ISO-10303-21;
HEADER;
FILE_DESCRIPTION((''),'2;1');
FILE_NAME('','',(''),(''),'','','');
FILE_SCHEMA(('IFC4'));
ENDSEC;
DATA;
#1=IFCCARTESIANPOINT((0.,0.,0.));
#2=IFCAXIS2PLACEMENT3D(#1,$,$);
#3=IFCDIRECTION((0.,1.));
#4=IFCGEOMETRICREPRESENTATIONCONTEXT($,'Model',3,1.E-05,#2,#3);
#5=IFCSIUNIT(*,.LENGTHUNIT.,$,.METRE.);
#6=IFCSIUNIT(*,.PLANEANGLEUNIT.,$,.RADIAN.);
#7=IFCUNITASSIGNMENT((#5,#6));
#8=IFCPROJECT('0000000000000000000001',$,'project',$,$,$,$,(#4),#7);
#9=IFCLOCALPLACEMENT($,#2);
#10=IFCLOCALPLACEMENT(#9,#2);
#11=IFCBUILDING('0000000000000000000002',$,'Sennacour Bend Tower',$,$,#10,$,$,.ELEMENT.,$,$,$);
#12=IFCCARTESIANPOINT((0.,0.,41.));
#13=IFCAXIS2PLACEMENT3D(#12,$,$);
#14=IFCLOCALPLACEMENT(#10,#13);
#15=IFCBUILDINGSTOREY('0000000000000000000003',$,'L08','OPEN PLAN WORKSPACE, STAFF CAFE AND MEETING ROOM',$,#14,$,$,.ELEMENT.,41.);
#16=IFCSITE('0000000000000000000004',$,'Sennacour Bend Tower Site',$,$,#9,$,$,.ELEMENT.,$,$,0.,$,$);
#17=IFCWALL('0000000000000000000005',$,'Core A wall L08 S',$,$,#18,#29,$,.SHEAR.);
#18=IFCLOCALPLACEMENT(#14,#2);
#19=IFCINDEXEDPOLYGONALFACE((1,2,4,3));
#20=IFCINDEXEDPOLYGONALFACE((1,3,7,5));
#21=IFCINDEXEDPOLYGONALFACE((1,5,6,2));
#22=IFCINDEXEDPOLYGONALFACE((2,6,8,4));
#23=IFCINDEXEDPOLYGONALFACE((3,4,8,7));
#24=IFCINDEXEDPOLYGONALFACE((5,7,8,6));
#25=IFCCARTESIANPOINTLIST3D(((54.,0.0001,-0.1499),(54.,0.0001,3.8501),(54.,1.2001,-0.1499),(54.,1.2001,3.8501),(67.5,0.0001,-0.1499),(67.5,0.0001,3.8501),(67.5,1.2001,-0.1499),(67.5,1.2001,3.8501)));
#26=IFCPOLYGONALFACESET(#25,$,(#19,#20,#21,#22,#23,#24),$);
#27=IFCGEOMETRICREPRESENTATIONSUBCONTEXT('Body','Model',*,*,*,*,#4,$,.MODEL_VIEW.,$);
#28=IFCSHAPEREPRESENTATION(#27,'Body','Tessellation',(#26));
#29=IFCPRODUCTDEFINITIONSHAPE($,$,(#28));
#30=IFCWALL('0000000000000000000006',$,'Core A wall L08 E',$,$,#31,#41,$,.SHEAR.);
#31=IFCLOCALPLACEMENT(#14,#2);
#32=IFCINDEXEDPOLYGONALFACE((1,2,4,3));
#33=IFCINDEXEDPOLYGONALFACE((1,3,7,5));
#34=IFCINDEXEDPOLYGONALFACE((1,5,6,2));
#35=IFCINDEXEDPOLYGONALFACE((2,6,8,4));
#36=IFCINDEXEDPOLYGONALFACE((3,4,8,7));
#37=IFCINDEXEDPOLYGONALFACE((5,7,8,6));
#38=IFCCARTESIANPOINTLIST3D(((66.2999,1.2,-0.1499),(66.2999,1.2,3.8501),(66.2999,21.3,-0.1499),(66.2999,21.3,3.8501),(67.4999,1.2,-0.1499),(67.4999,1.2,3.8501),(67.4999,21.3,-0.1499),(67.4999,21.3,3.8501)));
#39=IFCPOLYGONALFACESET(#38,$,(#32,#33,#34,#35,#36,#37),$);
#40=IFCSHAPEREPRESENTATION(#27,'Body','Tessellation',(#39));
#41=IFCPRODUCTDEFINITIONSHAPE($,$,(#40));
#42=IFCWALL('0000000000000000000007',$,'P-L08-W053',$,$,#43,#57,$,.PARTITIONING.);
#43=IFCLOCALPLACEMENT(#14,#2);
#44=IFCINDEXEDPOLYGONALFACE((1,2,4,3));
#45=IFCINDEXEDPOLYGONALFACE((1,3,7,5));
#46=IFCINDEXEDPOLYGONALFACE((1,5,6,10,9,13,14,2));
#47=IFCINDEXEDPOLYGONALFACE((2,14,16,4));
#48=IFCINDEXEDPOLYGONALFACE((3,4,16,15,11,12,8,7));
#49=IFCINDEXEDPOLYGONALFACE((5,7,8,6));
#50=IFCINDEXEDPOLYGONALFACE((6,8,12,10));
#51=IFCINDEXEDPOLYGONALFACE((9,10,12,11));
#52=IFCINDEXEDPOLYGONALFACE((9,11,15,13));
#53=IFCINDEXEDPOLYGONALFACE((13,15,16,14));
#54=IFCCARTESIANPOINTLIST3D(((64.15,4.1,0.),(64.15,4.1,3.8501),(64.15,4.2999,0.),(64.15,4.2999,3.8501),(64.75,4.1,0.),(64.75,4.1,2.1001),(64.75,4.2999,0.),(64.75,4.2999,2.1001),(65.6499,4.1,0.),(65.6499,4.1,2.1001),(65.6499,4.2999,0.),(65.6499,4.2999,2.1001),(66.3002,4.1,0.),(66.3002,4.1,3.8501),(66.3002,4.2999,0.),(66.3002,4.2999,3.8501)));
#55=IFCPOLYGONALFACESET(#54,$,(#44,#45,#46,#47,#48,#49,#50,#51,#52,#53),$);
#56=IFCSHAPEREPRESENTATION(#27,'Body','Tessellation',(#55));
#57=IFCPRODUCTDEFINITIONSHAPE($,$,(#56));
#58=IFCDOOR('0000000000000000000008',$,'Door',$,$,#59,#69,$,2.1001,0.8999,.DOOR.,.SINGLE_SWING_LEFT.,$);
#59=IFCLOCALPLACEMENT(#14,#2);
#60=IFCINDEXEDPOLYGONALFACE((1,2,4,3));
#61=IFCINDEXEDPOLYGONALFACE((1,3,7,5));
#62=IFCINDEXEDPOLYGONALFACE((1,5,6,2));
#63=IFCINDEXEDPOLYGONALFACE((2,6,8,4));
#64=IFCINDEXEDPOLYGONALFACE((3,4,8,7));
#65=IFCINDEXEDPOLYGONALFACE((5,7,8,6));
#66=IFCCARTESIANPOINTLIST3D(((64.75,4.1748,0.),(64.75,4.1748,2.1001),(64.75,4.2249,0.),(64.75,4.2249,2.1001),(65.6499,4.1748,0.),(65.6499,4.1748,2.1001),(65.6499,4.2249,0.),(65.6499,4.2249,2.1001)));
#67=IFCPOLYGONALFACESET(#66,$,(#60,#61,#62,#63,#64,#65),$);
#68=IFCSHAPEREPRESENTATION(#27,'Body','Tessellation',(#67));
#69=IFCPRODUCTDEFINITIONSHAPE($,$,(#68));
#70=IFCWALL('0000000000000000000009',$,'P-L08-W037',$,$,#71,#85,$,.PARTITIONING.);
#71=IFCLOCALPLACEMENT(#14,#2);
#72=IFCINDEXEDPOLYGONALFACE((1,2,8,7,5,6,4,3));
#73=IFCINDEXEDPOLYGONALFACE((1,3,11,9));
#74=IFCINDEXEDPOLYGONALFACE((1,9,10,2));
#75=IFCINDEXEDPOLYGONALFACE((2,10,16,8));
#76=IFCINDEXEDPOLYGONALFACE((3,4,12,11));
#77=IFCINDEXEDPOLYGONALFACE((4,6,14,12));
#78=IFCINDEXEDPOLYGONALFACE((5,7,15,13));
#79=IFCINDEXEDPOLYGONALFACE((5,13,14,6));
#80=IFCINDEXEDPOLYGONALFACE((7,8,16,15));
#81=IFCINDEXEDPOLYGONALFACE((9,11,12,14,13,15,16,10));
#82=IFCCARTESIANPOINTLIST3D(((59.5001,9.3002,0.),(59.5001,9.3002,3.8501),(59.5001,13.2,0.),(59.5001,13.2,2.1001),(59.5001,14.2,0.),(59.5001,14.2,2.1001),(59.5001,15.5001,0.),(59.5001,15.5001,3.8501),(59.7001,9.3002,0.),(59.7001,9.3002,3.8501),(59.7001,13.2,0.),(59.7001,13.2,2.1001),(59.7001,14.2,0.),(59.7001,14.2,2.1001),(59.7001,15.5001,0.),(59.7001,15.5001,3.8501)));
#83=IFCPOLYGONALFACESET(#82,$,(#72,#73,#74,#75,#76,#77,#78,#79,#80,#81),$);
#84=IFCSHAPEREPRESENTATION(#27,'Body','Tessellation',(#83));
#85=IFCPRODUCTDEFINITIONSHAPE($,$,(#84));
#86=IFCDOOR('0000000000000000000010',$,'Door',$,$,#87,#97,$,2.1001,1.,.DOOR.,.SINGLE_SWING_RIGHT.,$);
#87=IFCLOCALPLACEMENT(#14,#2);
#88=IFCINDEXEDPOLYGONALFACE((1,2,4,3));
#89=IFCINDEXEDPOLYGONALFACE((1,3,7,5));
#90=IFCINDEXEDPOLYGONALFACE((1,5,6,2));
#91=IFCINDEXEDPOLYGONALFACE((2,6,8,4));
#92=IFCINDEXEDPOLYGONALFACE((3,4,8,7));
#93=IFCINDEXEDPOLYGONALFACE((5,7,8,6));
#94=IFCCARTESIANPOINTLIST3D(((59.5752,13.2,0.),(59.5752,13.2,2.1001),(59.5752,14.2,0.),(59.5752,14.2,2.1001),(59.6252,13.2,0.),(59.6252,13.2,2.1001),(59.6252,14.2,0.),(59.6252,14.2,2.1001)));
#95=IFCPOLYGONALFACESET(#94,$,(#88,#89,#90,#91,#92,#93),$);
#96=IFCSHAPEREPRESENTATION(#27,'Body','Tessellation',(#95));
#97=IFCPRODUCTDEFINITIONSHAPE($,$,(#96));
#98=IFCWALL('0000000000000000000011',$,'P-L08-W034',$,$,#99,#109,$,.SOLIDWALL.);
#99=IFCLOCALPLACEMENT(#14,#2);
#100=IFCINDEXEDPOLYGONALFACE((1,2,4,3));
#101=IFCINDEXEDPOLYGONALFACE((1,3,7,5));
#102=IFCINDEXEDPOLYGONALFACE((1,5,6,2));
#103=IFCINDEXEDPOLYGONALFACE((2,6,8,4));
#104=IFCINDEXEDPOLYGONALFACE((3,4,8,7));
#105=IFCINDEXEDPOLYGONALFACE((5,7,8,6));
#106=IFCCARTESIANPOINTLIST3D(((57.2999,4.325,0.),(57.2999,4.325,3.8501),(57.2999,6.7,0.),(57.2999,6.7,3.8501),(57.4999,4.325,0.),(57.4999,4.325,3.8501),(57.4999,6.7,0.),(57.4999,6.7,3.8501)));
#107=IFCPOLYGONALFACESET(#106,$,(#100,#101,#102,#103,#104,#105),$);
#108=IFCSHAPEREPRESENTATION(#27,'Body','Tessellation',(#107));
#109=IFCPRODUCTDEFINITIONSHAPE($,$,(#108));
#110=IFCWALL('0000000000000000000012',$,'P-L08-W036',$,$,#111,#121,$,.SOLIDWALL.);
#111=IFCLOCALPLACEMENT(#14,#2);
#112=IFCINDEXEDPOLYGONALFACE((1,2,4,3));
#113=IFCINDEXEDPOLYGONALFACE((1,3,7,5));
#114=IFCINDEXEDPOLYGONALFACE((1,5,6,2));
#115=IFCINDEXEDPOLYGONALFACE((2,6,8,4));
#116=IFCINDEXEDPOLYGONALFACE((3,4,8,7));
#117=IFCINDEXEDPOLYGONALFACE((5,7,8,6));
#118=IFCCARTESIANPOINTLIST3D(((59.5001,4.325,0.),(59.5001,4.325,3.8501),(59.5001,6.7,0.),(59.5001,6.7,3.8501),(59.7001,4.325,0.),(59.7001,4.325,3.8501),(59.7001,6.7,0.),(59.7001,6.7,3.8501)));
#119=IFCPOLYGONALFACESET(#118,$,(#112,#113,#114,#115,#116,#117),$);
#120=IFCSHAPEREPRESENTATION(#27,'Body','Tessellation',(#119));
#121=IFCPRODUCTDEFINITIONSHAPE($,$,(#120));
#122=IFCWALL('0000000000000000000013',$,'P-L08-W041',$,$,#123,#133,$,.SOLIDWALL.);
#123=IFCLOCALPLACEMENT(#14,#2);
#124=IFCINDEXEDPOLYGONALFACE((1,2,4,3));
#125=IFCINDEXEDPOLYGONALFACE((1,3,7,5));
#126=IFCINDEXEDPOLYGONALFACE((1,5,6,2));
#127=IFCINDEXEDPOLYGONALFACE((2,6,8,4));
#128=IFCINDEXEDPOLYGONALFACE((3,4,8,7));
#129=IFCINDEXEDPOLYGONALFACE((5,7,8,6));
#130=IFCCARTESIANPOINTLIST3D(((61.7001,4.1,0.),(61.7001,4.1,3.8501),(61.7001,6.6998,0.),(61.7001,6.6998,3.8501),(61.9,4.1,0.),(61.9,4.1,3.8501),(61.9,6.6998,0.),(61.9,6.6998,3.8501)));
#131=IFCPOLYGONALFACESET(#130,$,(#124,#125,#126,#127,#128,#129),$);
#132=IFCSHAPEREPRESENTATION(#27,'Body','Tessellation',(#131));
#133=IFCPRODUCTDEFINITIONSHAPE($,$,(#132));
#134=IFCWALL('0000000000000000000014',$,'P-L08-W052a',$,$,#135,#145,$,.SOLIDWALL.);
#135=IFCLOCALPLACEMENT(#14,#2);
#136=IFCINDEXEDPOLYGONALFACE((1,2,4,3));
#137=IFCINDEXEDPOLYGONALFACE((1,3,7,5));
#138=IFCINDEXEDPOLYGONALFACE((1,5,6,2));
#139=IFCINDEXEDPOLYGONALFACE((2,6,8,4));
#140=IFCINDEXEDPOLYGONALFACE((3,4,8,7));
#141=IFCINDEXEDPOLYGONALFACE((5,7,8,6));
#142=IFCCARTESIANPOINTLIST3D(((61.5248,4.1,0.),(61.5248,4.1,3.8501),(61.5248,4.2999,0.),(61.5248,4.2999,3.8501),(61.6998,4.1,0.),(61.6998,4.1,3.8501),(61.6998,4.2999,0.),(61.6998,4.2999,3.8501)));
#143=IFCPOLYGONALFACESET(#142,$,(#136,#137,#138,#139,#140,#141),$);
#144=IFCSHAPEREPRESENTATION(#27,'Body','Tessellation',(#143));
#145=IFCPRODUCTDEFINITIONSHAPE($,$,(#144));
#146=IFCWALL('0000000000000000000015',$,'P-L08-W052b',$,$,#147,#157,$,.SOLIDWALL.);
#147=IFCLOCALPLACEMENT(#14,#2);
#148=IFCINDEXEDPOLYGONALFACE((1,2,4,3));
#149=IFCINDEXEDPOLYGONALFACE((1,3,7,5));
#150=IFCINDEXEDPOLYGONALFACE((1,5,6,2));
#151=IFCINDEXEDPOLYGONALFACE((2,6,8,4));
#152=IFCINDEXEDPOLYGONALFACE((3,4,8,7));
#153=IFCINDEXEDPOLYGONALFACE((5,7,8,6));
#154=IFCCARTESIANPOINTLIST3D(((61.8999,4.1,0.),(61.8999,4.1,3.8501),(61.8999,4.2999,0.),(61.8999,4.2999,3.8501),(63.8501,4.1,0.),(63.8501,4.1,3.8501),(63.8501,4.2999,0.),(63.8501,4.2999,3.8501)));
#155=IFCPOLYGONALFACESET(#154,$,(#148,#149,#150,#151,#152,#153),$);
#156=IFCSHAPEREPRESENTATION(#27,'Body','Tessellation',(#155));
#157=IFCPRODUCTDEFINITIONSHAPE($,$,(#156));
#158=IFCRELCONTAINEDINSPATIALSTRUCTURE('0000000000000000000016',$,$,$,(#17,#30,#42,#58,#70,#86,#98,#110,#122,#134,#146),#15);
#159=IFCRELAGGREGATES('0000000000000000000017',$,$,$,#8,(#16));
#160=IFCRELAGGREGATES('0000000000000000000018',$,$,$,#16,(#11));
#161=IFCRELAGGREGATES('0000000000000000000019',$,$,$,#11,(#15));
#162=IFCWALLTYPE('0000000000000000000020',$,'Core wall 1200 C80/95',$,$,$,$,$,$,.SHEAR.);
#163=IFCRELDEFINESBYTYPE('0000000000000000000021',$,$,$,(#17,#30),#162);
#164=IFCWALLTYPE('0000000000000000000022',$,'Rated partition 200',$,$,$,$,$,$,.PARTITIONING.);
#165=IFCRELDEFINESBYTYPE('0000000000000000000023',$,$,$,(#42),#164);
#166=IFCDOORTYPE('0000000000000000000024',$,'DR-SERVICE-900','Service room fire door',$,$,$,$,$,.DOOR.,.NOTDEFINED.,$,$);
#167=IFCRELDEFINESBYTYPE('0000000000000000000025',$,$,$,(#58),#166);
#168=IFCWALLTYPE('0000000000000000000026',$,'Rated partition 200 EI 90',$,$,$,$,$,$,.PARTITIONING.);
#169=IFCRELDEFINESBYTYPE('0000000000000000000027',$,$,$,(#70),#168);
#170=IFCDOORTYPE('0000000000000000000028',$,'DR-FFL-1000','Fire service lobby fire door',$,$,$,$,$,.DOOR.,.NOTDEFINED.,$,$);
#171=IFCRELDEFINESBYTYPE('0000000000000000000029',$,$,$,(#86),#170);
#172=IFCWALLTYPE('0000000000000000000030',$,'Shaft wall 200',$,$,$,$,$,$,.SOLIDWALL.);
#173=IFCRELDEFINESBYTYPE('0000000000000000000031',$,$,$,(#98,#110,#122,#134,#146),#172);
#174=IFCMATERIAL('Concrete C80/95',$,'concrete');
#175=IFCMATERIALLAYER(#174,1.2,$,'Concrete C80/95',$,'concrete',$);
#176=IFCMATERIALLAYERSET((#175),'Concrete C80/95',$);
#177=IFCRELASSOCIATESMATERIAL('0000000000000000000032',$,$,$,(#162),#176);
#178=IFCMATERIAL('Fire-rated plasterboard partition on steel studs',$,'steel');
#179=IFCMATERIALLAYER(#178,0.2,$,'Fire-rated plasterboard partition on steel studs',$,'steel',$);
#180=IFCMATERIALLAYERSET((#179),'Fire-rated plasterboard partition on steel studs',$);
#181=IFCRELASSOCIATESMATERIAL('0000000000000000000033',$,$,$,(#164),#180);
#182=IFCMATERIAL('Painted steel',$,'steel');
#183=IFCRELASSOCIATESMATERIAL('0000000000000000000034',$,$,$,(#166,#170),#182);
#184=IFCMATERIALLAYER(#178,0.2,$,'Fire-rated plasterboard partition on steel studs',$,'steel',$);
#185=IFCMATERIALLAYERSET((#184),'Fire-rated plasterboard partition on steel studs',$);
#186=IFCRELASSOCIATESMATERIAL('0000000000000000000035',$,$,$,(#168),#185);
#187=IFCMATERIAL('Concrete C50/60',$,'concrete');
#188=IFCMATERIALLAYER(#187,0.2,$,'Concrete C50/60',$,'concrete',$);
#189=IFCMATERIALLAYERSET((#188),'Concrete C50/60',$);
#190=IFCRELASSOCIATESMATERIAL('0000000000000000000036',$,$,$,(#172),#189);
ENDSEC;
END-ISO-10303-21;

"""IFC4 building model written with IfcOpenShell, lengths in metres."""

from ifc_helpers import new_model, si_unit, direction, frame, frame_2d, origin, place, context, subcontext, project, spatial, rectangle, extrude, material, layer, layer_set, type_object, element, fill, save


model = new_model("IFC4")

# Units and contexts
model_context = context("Model", 3, precision=1e-05, world=origin(), true_north=direction((0.0, 1.0)))
body_context = subcontext(model_context, "Body", "Model", "MODEL_VIEW")
ifc_project = project(units=[si_unit("LENGTHUNIT", "METRE"), si_unit("PLANEANGLEUNIT", "RADIAN")], contexts=[model_context])

# Site, building, storey
site_placement = place(None, origin())
site = spatial("IfcSite", under=ifc_project, at=site_placement, Name="Sennacour Bend Tower Site", CompositionType="ELEMENT", RefElevation=0.0)
building_placement = place(site_placement, origin())
building = spatial("IfcBuilding", under=site, at=building_placement, Name="Sennacour Bend Tower", CompositionType="ELEMENT")
storey_placement = place(building_placement, frame((0.0, 0.0, 41.0)))
storey = spatial("IfcBuildingStorey", under=building, at=storey_placement, Name="L08", Description="OPEN PLAN WORKSPACE, STAFF CAFE AND MEETING ROOM", CompositionType="ELEMENT", Elevation=41.0)

# Walls
ifc_material_1 = material(Name="Concrete C80/95", Category="concrete")
ifc_layer_1 = layer(ifc_material_1, 1.2, Name="Concrete C80/95", Category="concrete")
ifc_layer_set_1 = layer_set([ifc_layer_1], Name="Concrete C80/95")
wall_type_1 = type_object("IfcWallType", Name="Core wall 1200 C80/95", PredefinedType="SHEAR", material=ifc_layer_set_1)
wall_1_placement = place(storey_placement, frame((67.5, 0.6001, -0.1499), z_axis=(0.0, 0.0, 1.0), x_axis=(-1.0, 0.0, 0.0)))
element("IfcWall", 1, at=wall_1_placement, inside=storey, type_object=wall_type_1, Name="Core A wall L08 S", PredefinedType="SHEAR", context=body_context, shape_type="SweptSolid", body=[
    extrude(rectangle(XDim=13.5, YDim=1.2, at=frame_2d((6.75, 0.0))), origin(), (0.0, 0.0, 1.0), 4.0),
])
wall_2_placement = place(storey_placement, frame((66.8999, 1.2, -0.1499), z_axis=(0.0, 0.0, 1.0), x_axis=(0.0, 1.0, 0.0)))
element("IfcWall", 2, at=wall_2_placement, inside=storey, type_object=wall_type_1, Name="Core A wall L08 E", PredefinedType="SHEAR", context=body_context, shape_type="SweptSolid", body=[
    extrude(rectangle(XDim=20.1001, YDim=1.2, at=frame_2d((10.05, 0.0))), origin(), (0.0, 0.0, 1.0), 4.0),
])

# Walls, openings, doors
ifc_material_2 = material(Name="Fire-rated plasterboard partition on steel studs", Category="steel")
ifc_layer_2 = layer(ifc_material_2, 0.2, Name="Fire-rated plasterboard partition on steel studs", Category="steel")
ifc_layer_set_2 = layer_set([ifc_layer_2], Name="Fire-rated plasterboard partition on steel studs")
wall_type_2 = type_object("IfcWallType", Name="Rated partition 200", PredefinedType="PARTITIONING", material=ifc_layer_set_2)
wall_3_placement = place(storey_placement, frame((64.1499, 4.2, 0.0), z_axis=(0.0, 0.0, 1.0), x_axis=(1.0, 0.0, 0.0)))
wall_3 = element("IfcWall", 3, at=wall_3_placement, inside=storey, type_object=wall_type_2, Name="P-L08-W053", PredefinedType="PARTITIONING", context=body_context, shape_type="SweptSolid", body=[
    extrude(rectangle(XDim=2.1501, YDim=0.2, at=frame_2d((1.0752, 0.0))), origin(), (0.0, 0.0, 1.0), 3.8501),
])
opening_1_placement = place(wall_3_placement, frame((0.6001, 0.0, 0.0)))
opening_1 = element("IfcOpeningElement", 4, at=opening_1_placement, cuts=wall_3, PredefinedType="OPENING", context=body_context, shape_type="SweptSolid", body=[
    extrude(rectangle(XDim=0.8999, YDim=2.1001, at=frame_2d((0.45, 1.05))), frame((0.0, 0.1099, 0.0), z_axis=(0.0, -1.0, 0.0), x_axis=(1.0, 0.0, 0.0)), (0.0, 0.0, 1.0), 0.22),
])
ifc_material_3 = material(Name="Painted steel", Category="steel")
door_type_1 = type_object("IfcDoorType", Name="DR-SERVICE-900", Description="Service room fire door", OperationType="NOTDEFINED", PredefinedType="DOOR", material=ifc_material_3)
door_1_placement = place(opening_1_placement, origin())
door_1 = element("IfcDoor", 5, at=door_1_placement, inside=storey, type_object=door_type_1, Name="Door", OperationType="SINGLE_SWING_LEFT", OverallHeight=2.1001, OverallWidth=0.8999, PredefinedType="DOOR", context=body_context, shape_type="SweptSolid", body=[
    extrude(rectangle(XDim=0.8999, YDim=2.1001, at=frame_2d((0.45, 1.05))), frame((0.0, 0.0249, 0.0), z_axis=(0.0, -1.0, 0.0), x_axis=(1.0, 0.0, 0.0)), (0.0, 0.0, 1.0), 0.05),
])
fill(opening_1, door_1)
ifc_layer_3 = layer(ifc_material_2, 0.2, Name="Fire-rated plasterboard partition on steel studs", Category="steel")
ifc_layer_set_3 = layer_set([ifc_layer_3], Name="Fire-rated plasterboard partition on steel studs")
wall_type_3 = type_object("IfcWallType", Name="Rated partition 200 EI 90", PredefinedType="PARTITIONING", material=ifc_layer_set_3)
wall_4_placement = place(storey_placement, frame((59.6001, 9.3, 0.0), z_axis=(0.0, 0.0, 1.0), x_axis=(0.0, 1.0, 0.0)))
wall_4 = element("IfcWall", 6, at=wall_4_placement, inside=storey, type_object=wall_type_3, Name="P-L08-W037", PredefinedType="PARTITIONING", context=body_context, shape_type="SweptSolid", body=[
    extrude(rectangle(XDim=6.2, YDim=0.2, at=frame_2d((3.1001, 0.0))), origin(), (0.0, 0.0, 1.0), 3.8501),
])
opening_2_placement = place(wall_4_placement, frame((3.8999, 0.0, 0.0)))
opening_2 = element("IfcOpeningElement", 7, at=opening_2_placement, cuts=wall_4, PredefinedType="OPENING", context=body_context, shape_type="SweptSolid", body=[
    extrude(rectangle(XDim=1.0, YDim=2.1001, at=frame_2d((0.5, 1.05))), frame((0.0, 0.1099, 0.0), z_axis=(0.0, -1.0, 0.0), x_axis=(1.0, 0.0, 0.0)), (0.0, 0.0, 1.0), 0.22),
])
door_type_2 = type_object("IfcDoorType", Name="DR-FFL-1000", Description="Fire service lobby fire door", OperationType="NOTDEFINED", PredefinedType="DOOR", material=ifc_material_3)
door_2_placement = place(opening_2_placement, origin())
door_2 = element("IfcDoor", 8, at=door_2_placement, inside=storey, type_object=door_type_2, Name="Door", OperationType="SINGLE_SWING_RIGHT", OverallHeight=2.1001, OverallWidth=1.0, PredefinedType="DOOR", context=body_context, shape_type="SweptSolid", body=[
    extrude(rectangle(XDim=1.0, YDim=2.1001, at=frame_2d((0.5, 1.05))), frame((0.0, 0.0249, 0.0), z_axis=(0.0, -1.0, 0.0), x_axis=(1.0, 0.0, 0.0)), (0.0, 0.0, 1.0), 0.05),
])
fill(opening_2, door_2)

# Walls
ifc_material_4 = material(Name="Concrete C50/60", Category="concrete")
ifc_layer_4 = layer(ifc_material_4, 0.2, Name="Concrete C50/60", Category="concrete")
ifc_layer_set_4 = layer_set([ifc_layer_4], Name="Concrete C50/60")
wall_type_4 = type_object("IfcWallType", Name="Shaft wall 200", PredefinedType="SOLIDWALL", material=ifc_layer_set_4)
for number, where, z_axis, x_axis, name in (
    (9, (57.3999, 4.325, 0.0), (0.0, 0.0, 1.0), (0.0, 1.0, 0.0), "P-L08-W034"),
    (10, (59.6001, 4.325, 0.0), (0.0, 0.0, 1.0), (0.0, 1.0, 0.0), "P-L08-W036"),
):
    element("IfcWall", number, at=place(storey_placement, frame(where, z_axis=z_axis, x_axis=x_axis)), inside=storey, type_object=wall_type_4, Name=name, PredefinedType="SOLIDWALL", context=body_context, shape_type="SweptSolid", body=[
        extrude(rectangle(XDim=2.375, YDim=0.2, at=frame_2d((1.1875, 0.0))), origin(), (0.0, 0.0, 1.0), 3.8501),
    ])
wall_5_placement = place(storey_placement, frame((61.8, 4.1001, 0.0), z_axis=(0.0, 0.0, 1.0), x_axis=(0.0, 1.0, 0.0)))
element("IfcWall", 11, at=wall_5_placement, inside=storey, type_object=wall_type_4, Name="P-L08-W041", PredefinedType="SOLIDWALL", context=body_context, shape_type="SweptSolid", body=[
    extrude(rectangle(XDim=2.5999, YDim=0.2, at=frame_2d((1.2998, 0.0))), origin(), (0.0, 0.0, 1.0), 3.8501),
])
wall_6_placement = place(storey_placement, frame((61.5249, 4.2, 0.0), z_axis=(0.0, 0.0, 1.0), x_axis=(1.0, 0.0, 0.0)))
element("IfcWall", 12, at=wall_6_placement, inside=storey, type_object=wall_type_4, Name="P-L08-W052a", PredefinedType="SOLIDWALL", context=body_context, shape_type="SweptSolid", body=[
    extrude(rectangle(XDim=0.175, YDim=0.2, at=frame_2d((0.0874, 0.0))), origin(), (0.0, 0.0, 1.0), 3.8501),
])
wall_7_placement = place(storey_placement, frame((61.8999, 4.2, 0.0), z_axis=(0.0, 0.0, 1.0), x_axis=(1.0, 0.0, 0.0)))
element("IfcWall", 13, at=wall_7_placement, inside=storey, type_object=wall_type_4, Name="P-L08-W052b", PredefinedType="SOLIDWALL", context=body_context, shape_type="SweptSolid", body=[
    extrude(rectangle(XDim=1.9502, YDim=0.2, at=frame_2d((0.9751, 0.0))), origin(), (0.0, 0.0, 1.0), 3.8501),
])

save(model, "model.ifc")
